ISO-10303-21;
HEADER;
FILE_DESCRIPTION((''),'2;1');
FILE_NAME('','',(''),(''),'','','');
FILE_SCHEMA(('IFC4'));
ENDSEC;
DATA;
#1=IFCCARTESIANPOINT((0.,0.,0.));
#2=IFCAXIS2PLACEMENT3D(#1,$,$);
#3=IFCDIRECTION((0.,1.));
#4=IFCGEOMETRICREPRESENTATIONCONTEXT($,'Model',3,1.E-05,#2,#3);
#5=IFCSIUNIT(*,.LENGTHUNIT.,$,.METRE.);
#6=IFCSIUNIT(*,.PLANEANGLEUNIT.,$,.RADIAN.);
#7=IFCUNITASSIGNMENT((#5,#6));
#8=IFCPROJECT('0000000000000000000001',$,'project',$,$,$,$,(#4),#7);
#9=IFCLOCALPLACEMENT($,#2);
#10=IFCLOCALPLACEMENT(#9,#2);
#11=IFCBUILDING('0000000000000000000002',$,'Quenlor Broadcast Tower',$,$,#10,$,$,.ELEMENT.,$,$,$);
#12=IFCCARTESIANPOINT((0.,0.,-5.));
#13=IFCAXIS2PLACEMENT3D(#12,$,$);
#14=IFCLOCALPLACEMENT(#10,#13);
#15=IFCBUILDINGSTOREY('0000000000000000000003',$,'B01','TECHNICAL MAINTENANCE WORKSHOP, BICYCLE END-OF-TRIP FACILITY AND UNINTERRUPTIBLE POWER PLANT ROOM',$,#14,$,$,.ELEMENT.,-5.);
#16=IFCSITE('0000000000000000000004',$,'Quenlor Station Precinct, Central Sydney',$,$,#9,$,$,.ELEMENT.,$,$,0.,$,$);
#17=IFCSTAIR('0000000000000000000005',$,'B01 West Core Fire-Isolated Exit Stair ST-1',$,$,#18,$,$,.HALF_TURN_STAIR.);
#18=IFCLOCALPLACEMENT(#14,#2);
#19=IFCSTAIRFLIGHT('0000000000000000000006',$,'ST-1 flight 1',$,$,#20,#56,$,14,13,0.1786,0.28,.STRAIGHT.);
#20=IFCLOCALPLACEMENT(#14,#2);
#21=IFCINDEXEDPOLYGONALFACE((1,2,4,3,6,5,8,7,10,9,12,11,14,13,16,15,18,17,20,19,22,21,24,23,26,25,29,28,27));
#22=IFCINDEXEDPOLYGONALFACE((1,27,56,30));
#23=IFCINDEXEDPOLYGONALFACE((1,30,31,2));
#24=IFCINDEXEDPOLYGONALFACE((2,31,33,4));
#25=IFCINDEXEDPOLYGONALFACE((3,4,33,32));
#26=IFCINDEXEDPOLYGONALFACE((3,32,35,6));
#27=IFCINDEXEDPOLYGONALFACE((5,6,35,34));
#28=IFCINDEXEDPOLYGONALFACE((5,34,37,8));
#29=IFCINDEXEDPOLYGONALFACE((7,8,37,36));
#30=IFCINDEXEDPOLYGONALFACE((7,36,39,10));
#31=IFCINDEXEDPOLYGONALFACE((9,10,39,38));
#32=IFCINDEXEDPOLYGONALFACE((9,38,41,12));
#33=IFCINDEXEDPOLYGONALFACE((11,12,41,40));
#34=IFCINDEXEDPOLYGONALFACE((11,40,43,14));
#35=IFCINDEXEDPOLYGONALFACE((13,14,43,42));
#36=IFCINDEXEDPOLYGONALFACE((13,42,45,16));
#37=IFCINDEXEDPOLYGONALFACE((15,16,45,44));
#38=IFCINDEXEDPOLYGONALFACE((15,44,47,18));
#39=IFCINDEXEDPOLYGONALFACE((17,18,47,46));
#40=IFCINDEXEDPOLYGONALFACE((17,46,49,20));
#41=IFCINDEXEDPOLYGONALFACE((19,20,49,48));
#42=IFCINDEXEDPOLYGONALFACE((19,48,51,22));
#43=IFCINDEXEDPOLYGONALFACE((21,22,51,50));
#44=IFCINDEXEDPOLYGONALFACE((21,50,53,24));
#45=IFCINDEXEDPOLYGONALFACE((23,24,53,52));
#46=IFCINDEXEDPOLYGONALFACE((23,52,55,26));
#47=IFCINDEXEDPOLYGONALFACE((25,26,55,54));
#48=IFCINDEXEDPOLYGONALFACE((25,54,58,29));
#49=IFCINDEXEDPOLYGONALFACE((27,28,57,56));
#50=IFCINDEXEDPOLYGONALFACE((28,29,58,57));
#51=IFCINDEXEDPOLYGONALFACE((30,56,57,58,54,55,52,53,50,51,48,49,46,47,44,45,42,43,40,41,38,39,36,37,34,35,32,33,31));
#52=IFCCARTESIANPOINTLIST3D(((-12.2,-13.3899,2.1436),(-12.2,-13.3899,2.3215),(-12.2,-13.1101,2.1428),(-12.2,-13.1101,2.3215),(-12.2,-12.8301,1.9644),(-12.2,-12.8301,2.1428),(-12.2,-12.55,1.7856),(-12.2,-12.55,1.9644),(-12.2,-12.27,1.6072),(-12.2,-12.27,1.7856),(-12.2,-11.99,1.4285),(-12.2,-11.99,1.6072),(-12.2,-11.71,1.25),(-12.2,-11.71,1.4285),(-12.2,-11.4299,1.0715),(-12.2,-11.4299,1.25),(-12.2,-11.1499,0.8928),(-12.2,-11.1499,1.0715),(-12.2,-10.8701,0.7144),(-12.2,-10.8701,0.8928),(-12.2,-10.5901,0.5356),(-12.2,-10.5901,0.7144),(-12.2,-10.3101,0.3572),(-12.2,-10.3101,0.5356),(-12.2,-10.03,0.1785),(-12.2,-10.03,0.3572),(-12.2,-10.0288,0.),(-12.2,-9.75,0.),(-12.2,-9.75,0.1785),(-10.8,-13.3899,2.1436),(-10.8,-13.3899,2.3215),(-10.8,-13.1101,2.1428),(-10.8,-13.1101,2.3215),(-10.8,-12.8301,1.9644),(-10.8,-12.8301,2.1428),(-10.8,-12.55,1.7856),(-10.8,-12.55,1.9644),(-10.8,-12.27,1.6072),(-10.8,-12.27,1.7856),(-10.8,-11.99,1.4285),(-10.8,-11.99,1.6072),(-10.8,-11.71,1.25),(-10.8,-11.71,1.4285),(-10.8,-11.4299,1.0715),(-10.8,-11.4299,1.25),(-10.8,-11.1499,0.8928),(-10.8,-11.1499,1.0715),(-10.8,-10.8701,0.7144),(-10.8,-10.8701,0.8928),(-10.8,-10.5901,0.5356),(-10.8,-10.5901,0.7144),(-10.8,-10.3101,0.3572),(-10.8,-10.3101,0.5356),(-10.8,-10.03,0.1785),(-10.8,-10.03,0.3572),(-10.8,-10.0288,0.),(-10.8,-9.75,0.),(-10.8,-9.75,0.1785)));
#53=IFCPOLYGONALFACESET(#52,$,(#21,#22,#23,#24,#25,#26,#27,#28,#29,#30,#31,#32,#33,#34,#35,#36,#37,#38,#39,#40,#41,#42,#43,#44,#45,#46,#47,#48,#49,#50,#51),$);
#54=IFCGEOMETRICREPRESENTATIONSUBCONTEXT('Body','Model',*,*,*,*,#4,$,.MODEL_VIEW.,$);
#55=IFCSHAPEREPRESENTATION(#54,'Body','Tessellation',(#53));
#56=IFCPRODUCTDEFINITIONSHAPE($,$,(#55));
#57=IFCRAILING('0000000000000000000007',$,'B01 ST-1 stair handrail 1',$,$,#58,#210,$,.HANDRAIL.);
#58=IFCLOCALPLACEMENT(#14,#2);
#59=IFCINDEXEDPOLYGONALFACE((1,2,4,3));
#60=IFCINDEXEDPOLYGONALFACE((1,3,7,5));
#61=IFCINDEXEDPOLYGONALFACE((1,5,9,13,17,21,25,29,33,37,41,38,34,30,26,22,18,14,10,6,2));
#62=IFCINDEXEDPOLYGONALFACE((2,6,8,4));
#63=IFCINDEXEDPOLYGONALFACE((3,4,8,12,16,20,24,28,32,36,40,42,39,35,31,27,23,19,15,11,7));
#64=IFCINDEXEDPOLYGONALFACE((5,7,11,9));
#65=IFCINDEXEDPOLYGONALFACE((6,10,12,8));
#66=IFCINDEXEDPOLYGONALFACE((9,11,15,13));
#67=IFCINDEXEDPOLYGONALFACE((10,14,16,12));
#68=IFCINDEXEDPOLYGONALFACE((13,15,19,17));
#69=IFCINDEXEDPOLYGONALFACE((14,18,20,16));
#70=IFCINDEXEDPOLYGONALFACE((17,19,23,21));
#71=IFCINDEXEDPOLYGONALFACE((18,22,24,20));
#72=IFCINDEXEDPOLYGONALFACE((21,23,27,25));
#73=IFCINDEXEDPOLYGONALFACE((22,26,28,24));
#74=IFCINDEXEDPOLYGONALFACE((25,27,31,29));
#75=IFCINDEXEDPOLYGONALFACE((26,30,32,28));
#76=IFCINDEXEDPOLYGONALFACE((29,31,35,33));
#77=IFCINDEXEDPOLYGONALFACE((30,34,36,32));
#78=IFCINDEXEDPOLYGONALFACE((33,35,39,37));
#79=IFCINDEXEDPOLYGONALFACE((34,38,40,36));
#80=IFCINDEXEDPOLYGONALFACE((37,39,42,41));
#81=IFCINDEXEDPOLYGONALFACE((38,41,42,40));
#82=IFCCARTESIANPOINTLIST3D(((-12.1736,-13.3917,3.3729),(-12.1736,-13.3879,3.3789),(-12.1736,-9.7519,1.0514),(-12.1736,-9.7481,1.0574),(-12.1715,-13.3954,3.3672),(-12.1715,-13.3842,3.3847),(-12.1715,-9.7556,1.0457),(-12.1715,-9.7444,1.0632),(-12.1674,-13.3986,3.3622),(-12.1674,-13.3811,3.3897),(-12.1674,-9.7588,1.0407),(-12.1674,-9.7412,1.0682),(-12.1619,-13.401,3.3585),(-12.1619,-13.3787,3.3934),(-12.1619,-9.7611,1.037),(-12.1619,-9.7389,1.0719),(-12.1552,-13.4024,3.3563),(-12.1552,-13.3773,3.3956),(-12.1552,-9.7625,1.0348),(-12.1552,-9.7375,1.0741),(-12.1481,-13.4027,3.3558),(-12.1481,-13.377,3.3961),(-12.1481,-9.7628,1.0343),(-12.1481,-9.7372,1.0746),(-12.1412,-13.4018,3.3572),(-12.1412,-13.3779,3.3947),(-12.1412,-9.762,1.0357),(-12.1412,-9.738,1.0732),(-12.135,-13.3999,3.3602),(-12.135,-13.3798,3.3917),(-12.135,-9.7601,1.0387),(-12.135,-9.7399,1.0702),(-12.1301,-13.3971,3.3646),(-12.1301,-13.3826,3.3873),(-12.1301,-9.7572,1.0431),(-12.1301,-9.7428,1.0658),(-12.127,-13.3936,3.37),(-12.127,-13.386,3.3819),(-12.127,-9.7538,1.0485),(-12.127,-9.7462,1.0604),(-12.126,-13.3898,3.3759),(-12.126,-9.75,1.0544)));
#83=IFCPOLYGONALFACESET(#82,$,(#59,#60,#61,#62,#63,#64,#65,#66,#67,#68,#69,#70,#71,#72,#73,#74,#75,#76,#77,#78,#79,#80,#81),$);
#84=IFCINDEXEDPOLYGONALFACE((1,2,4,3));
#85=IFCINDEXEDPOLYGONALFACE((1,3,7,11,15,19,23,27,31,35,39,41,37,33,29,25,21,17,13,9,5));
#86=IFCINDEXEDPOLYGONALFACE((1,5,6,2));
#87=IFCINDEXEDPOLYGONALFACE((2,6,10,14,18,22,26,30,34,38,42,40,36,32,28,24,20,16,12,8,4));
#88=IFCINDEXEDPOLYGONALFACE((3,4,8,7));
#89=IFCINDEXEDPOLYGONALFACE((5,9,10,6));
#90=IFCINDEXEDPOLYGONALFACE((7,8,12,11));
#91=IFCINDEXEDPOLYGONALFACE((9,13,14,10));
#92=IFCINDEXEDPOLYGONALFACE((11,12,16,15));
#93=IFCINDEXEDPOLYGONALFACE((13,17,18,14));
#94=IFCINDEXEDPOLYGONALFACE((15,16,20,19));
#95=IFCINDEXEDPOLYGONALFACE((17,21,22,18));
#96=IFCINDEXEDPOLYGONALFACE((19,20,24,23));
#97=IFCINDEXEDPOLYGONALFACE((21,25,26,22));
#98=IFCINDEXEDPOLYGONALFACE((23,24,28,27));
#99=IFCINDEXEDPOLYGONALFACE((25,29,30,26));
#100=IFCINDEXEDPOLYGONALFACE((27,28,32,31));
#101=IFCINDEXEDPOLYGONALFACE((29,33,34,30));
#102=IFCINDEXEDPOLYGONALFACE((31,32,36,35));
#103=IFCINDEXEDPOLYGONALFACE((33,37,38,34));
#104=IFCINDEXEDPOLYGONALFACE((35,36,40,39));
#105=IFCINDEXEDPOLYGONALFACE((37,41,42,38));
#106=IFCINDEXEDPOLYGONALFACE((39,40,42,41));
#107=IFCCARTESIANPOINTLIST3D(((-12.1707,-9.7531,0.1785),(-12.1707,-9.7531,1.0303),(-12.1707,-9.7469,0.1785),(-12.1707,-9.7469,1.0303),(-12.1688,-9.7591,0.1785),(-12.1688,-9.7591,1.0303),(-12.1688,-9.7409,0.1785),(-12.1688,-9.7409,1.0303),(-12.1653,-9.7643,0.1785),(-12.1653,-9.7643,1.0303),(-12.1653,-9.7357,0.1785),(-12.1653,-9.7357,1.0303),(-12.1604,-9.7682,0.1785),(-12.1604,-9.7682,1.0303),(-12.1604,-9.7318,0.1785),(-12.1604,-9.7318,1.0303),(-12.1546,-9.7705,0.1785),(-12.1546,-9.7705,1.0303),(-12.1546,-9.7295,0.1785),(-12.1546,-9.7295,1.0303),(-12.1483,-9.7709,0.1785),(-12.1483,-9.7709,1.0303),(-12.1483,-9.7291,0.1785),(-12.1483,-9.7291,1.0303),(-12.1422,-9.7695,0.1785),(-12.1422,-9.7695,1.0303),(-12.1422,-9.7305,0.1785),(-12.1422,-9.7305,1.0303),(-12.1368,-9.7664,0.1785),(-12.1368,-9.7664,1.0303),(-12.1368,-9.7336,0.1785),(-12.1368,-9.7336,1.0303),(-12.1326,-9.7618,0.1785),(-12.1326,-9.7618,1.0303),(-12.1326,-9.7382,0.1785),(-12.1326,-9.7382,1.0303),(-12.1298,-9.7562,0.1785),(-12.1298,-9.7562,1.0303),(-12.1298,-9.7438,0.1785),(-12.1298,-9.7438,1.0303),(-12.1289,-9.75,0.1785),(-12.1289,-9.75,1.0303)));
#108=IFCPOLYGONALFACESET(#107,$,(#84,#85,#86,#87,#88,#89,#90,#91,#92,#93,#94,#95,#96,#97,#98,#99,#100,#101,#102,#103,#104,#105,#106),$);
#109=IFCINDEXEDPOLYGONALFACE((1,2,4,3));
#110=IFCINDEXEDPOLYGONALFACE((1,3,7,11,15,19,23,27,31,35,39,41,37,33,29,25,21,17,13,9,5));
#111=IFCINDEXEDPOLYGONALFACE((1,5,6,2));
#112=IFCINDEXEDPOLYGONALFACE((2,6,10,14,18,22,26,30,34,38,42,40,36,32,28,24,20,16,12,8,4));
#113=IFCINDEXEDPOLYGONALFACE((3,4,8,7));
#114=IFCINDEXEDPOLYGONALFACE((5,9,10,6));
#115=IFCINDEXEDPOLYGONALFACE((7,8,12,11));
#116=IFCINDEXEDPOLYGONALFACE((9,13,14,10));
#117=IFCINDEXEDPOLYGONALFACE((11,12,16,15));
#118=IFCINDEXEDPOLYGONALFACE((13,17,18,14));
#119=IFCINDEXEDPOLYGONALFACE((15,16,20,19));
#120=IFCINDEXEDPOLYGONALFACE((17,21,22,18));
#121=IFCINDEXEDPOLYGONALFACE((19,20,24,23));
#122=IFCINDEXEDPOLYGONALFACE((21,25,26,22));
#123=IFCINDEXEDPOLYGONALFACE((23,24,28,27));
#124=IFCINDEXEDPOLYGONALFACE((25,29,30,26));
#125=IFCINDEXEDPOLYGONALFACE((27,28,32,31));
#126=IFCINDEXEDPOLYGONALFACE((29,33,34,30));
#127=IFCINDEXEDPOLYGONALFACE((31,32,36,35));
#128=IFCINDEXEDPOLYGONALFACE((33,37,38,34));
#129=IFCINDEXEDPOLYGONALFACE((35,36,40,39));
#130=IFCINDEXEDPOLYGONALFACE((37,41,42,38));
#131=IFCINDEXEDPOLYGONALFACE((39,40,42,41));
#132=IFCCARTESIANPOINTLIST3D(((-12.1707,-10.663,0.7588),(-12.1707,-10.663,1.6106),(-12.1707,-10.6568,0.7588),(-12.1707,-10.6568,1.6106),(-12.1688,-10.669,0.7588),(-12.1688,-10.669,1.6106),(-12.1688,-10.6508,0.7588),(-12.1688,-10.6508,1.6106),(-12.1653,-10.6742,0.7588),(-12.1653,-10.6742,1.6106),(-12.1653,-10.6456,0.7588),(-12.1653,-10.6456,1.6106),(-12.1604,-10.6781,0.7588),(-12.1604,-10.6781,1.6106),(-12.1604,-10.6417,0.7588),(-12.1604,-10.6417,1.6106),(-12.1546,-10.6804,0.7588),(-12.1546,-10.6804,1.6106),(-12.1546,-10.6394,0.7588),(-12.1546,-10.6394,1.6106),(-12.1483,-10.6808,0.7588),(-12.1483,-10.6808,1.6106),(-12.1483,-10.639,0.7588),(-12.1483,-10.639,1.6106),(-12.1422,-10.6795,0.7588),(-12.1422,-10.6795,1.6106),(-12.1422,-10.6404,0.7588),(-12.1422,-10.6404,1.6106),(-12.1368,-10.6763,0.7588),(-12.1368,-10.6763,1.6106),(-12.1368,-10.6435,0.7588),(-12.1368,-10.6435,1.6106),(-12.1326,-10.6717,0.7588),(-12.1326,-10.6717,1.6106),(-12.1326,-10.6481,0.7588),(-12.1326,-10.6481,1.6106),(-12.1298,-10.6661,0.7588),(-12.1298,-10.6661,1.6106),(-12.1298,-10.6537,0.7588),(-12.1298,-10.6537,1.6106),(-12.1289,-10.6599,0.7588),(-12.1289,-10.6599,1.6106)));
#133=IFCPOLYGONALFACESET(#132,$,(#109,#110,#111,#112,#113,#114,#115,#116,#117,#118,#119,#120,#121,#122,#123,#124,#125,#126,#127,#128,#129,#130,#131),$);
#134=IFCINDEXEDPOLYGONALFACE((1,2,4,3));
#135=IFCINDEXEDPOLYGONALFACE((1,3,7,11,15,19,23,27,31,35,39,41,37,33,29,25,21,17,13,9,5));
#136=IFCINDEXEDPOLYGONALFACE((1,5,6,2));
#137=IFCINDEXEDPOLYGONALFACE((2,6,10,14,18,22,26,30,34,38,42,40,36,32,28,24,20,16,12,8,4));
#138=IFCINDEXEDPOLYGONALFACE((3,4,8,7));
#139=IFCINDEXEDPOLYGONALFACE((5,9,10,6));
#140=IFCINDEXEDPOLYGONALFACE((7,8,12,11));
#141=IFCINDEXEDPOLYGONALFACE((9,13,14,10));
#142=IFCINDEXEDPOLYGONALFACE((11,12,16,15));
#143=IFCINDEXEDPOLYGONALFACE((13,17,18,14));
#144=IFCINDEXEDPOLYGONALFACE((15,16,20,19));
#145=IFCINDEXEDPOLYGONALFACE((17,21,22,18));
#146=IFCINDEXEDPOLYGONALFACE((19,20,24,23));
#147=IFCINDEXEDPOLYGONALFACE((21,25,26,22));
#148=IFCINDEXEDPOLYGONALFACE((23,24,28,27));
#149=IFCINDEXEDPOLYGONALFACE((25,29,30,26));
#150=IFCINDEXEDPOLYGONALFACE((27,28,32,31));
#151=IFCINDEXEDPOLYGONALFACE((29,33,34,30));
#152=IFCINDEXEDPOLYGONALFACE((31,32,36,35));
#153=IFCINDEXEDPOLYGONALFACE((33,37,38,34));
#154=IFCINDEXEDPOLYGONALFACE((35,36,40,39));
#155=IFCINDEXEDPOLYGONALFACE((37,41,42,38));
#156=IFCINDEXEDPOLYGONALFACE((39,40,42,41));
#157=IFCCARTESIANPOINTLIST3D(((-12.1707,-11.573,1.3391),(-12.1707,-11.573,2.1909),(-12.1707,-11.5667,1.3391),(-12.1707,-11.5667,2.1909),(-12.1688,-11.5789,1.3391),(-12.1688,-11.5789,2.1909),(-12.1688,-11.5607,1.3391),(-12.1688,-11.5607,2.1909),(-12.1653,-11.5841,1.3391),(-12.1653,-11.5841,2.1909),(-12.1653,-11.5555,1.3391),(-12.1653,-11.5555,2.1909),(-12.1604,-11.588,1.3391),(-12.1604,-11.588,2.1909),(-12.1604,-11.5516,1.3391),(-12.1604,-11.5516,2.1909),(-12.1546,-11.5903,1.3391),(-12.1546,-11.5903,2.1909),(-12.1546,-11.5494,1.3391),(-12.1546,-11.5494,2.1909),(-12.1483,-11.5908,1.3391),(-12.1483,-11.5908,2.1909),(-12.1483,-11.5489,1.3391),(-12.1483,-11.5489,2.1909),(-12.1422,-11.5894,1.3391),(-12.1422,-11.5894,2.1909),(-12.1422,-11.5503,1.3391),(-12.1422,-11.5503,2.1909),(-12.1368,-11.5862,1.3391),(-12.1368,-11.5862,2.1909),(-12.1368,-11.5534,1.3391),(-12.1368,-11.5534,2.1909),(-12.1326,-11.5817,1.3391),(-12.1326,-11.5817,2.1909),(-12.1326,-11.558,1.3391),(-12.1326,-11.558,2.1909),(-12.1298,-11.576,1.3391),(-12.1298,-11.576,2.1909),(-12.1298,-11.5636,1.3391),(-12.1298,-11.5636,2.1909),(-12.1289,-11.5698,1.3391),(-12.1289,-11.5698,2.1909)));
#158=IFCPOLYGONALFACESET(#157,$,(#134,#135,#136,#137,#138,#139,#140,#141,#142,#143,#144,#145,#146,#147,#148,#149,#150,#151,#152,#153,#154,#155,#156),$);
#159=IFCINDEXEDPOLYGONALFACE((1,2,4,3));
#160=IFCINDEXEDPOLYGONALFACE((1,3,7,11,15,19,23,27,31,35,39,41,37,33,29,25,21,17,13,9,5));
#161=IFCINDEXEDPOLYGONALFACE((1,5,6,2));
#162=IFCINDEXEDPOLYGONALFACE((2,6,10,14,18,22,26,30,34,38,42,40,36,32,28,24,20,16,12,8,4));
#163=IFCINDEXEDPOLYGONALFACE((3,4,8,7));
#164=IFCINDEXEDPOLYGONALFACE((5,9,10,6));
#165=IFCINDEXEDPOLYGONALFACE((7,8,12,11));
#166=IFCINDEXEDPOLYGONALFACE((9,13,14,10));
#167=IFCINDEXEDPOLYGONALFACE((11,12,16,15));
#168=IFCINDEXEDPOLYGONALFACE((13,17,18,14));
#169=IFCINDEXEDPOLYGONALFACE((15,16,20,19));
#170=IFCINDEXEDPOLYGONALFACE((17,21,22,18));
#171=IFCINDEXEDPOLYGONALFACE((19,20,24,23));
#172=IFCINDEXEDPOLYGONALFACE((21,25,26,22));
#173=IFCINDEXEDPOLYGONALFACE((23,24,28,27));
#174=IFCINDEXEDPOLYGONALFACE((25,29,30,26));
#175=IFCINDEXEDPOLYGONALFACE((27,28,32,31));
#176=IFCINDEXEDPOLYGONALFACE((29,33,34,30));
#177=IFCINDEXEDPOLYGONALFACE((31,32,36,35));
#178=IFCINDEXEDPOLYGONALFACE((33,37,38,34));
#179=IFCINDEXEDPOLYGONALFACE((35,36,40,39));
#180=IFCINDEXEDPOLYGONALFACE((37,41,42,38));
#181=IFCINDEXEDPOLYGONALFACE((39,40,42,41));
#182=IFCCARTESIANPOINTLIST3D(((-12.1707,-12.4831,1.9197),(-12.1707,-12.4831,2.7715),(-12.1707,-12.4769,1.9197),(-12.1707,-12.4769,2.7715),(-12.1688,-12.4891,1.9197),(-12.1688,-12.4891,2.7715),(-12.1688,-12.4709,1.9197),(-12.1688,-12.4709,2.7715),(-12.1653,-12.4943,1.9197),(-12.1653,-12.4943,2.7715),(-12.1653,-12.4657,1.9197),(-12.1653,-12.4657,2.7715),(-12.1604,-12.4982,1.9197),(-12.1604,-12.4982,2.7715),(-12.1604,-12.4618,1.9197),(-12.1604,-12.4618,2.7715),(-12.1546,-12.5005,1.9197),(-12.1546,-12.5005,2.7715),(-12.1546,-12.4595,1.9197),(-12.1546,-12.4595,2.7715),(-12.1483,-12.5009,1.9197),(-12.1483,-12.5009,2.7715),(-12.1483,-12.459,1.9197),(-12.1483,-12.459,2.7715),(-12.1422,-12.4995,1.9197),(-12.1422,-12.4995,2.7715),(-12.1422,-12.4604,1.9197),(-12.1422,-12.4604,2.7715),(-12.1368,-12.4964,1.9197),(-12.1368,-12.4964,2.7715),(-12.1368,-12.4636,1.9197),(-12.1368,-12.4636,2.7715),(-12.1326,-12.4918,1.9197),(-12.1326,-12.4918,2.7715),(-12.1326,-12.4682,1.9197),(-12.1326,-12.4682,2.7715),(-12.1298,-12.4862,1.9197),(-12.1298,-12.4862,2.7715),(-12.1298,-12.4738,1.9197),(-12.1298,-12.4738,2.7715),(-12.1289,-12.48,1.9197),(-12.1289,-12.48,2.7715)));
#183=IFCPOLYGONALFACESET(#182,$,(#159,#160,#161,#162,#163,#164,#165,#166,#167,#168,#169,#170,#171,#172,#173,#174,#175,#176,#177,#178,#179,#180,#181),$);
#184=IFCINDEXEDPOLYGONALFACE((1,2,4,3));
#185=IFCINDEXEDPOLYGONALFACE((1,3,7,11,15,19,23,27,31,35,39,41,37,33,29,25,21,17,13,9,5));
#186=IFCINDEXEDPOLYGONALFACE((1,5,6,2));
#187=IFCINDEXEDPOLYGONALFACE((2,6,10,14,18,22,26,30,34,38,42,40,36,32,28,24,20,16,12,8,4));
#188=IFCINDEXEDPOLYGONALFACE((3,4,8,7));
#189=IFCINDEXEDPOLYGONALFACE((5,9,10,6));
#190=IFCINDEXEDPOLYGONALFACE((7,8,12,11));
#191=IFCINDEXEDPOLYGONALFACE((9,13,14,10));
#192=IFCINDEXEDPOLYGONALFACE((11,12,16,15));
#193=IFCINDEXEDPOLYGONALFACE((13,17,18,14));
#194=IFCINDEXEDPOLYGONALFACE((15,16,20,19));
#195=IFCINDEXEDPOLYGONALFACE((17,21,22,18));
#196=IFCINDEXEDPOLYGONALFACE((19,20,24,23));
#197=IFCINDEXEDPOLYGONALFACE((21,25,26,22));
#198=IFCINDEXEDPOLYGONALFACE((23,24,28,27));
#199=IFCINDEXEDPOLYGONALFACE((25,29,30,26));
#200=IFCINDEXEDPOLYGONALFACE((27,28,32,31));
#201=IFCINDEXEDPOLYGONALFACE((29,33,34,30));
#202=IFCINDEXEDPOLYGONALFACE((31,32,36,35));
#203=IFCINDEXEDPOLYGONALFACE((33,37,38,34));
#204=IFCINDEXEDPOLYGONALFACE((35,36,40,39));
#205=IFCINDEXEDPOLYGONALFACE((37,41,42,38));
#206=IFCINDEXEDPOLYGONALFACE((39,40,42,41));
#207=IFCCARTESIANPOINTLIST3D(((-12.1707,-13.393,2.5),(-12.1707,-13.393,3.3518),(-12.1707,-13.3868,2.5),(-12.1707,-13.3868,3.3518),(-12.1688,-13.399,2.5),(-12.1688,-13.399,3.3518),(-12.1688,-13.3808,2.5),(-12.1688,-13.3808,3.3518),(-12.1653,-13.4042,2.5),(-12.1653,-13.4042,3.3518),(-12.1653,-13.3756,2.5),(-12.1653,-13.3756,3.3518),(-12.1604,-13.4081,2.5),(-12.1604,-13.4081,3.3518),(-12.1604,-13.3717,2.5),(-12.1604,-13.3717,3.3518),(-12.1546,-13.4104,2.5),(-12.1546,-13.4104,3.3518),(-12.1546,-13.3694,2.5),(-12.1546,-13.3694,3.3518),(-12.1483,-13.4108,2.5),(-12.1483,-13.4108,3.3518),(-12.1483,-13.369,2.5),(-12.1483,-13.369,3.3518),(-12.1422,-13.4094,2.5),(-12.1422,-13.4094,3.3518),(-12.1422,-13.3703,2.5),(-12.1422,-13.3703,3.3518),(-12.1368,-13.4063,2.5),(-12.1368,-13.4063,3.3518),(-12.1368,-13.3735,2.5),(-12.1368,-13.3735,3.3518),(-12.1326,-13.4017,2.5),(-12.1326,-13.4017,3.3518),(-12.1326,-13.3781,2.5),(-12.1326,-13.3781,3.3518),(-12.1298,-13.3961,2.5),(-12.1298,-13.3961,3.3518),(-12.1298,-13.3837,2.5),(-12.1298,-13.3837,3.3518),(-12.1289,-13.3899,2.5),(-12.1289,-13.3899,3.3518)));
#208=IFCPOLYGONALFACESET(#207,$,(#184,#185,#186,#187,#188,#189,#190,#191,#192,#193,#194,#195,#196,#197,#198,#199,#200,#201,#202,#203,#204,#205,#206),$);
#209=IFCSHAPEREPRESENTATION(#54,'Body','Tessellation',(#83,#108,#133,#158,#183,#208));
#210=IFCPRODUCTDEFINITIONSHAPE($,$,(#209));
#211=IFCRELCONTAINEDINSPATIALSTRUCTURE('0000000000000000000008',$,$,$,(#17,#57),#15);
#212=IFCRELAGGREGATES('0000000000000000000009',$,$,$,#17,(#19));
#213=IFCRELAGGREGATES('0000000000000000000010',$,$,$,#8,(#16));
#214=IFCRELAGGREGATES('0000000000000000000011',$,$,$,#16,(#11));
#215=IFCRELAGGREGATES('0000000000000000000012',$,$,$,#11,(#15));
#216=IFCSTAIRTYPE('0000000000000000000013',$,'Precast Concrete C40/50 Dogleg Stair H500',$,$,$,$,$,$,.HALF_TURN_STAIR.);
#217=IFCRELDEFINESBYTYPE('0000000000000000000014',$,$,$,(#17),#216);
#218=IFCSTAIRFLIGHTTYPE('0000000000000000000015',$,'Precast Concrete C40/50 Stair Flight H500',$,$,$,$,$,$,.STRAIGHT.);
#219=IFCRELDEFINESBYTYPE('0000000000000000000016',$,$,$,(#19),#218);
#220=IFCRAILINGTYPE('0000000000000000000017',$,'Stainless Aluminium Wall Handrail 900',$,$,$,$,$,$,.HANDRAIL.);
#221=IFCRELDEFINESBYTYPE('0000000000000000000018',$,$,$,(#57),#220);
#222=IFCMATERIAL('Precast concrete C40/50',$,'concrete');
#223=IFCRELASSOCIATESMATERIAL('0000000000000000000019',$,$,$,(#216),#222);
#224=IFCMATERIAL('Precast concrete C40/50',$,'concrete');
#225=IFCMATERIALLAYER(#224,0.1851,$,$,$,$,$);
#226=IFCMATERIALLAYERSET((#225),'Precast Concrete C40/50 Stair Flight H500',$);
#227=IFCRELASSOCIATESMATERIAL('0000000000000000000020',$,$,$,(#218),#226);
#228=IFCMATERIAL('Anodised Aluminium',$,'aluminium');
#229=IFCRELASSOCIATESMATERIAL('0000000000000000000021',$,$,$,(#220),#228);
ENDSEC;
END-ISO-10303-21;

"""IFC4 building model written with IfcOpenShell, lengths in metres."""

from ifc_helpers import new_model, si_unit, direction, frame, origin, origin_2d, place, context, subcontext, project, spatial, polyline, circle, outline, extrude, material, layer, layer_set, type_object, element, aggregate, save


model = new_model("IFC4")

# Units and contexts
model_context = context("Model", 3, precision=1e-05, world=origin(), true_north=direction((0.0, 1.0)))
body_context = subcontext(model_context, "Body", "Model", "MODEL_VIEW")
ifc_project = project(units=[si_unit("LENGTHUNIT", "METRE"), si_unit("PLANEANGLEUNIT", "RADIAN")], contexts=[model_context])

# Site, building, storey
site_placement = place(None, origin())
site = spatial("IfcSite", under=ifc_project, at=site_placement, Name="Quenlor Station Precinct, Central Sydney", CompositionType="ELEMENT", RefElevation=0.0)
building_placement = place(site_placement, origin())
building = spatial("IfcBuilding", under=site, at=building_placement, Name="Quenlor Broadcast Tower", CompositionType="ELEMENT")
storey_placement = place(building_placement, frame((0.0, 0.0, -5.0)))
storey = spatial("IfcBuildingStorey", under=building, at=storey_placement, Name="B01", Description="TECHNICAL MAINTENANCE WORKSHOP, BICYCLE END-OF-TRIP FACILITY AND UNINTERRUPTIBLE POWER PLANT ROOM", CompositionType="ELEMENT", Elevation=-5.0)

# Stair, stair flight
ifc_material_1 = material(Name="Precast concrete C40/50", Category="concrete")
stair_type = type_object("IfcStairType", Name="Precast Concrete C40/50 Dogleg Stair H500", PredefinedType="HALF_TURN_STAIR", material=ifc_material_1)
stair_placement = place(storey_placement, origin())
stair = element("IfcStair", 1, at=stair_placement, inside=storey, type_object=stair_type, Name="B01 West Core Fire-Isolated Exit Stair ST-1", PredefinedType="HALF_TURN_STAIR")
ifc_material_2 = material(Name="Precast concrete C40/50", Category="concrete")
ifc_layer_1 = layer(ifc_material_2, 0.1851)
ifc_layer_set_1 = layer_set([ifc_layer_1], Name="Precast Concrete C40/50 Stair Flight H500")
stair_flight_type = type_object("IfcStairFlightType", Name="Precast Concrete C40/50 Stair Flight H500", PredefinedType="STRAIGHT", material=ifc_layer_set_1)
stair_flight_placement = place(storey_placement, frame((-11.5, -9.75, 0.0), z_axis=(0.0, 0.0, 1.0), x_axis=(0.0, -1.0, 0.0)))
stair_flight = element("IfcStairFlight", 2, at=stair_flight_placement, type_object=stair_flight_type, Name="ST-1 flight 1", NumberOfRisers=14, NumberOfTreads=13, PredefinedType="STRAIGHT", RiserHeight=0.1786, TreadLength=0.28, context=body_context, shape_type="SweptSolid", body=[
    extrude(outline(polyline([(0.0, 0.0), (0.0, 0.1785), (0.28, 0.1785), (0.28, 0.3572), (0.5601, 0.3572), (0.5601, 0.5356), (0.8401, 0.5356), (0.8401, 0.7144), (1.1201, 0.7144), (1.1201, 0.8928), (1.3999, 0.8928), (1.3999, 1.0715), (1.6799, 1.0715), (1.6799, 1.25), (1.96, 1.25), (1.96, 1.4285), (2.24, 1.4285), (2.24, 1.6072), (2.52, 1.6072), (2.52, 1.7856), (2.8, 1.7856), (2.8, 1.9644), (3.0801, 1.9644), (3.0801, 2.1428), (3.3601, 2.1428), (3.3601, 2.3215), (3.6399, 2.3215), (3.6399, 2.5), (3.6399, 2.1436), (0.2788, 0.0), (0.0, 0.0)])), frame((0.0, 0.7, 0.0), z_axis=(0.0, -1.0, 0.0), x_axis=(1.0, 0.0, 0.0)), (0.0, 0.0, 1.0), 1.3999),
])
aggregate(stair, [stair_flight])

# Railing
ifc_material_3 = material(Name="Anodised Aluminium", Category="aluminium")
railing_type_1 = type_object("IfcRailingType", Name="Stainless Aluminium Wall Handrail 900", PredefinedType="HANDRAIL", material=ifc_material_3)
railing_1_placement = place(storey_placement, frame((-12.1499, -9.75, 0.1785)))
element("IfcRailing", 3, at=railing_1_placement, inside=storey, type_object=railing_type_1, Name="B01 ST-1 stair handrail 1", PredefinedType="HANDRAIL", context=body_context, shape_type="SweptSolid", body=[
    extrude(circle(Radius=0.0239, at=origin_2d()), frame((0.0, 0.0, 0.876), z_axis=(0.0, -0.843112, 0.537739), x_axis=(1.0, 0.0, 0.0)), (0.0, 0.0, 1.0), 4.3171),
    extrude(circle(Radius=0.021, at=origin_2d()), origin(), (0.0, 0.0, 1.0), 0.8518),
    extrude(circle(Radius=0.021, at=origin_2d()), frame((0.0, -0.9099, 0.5803)), (0.0, 0.0, 1.0), 0.8518),
    extrude(circle(Radius=0.021, at=origin_2d()), frame((0.0, -1.8198, 1.1606)), (0.0, 0.0, 1.0), 0.8518),
    extrude(circle(Radius=0.021, at=origin_2d()), frame((0.0, -2.73, 1.7412)), (0.0, 0.0, 1.0), 0.8518),
    extrude(circle(Radius=0.021, at=origin_2d()), frame((0.0, -3.6399, 2.3215)), (0.0, 0.0, 1.0), 0.8518),
])

save(model, "model.ifc")
